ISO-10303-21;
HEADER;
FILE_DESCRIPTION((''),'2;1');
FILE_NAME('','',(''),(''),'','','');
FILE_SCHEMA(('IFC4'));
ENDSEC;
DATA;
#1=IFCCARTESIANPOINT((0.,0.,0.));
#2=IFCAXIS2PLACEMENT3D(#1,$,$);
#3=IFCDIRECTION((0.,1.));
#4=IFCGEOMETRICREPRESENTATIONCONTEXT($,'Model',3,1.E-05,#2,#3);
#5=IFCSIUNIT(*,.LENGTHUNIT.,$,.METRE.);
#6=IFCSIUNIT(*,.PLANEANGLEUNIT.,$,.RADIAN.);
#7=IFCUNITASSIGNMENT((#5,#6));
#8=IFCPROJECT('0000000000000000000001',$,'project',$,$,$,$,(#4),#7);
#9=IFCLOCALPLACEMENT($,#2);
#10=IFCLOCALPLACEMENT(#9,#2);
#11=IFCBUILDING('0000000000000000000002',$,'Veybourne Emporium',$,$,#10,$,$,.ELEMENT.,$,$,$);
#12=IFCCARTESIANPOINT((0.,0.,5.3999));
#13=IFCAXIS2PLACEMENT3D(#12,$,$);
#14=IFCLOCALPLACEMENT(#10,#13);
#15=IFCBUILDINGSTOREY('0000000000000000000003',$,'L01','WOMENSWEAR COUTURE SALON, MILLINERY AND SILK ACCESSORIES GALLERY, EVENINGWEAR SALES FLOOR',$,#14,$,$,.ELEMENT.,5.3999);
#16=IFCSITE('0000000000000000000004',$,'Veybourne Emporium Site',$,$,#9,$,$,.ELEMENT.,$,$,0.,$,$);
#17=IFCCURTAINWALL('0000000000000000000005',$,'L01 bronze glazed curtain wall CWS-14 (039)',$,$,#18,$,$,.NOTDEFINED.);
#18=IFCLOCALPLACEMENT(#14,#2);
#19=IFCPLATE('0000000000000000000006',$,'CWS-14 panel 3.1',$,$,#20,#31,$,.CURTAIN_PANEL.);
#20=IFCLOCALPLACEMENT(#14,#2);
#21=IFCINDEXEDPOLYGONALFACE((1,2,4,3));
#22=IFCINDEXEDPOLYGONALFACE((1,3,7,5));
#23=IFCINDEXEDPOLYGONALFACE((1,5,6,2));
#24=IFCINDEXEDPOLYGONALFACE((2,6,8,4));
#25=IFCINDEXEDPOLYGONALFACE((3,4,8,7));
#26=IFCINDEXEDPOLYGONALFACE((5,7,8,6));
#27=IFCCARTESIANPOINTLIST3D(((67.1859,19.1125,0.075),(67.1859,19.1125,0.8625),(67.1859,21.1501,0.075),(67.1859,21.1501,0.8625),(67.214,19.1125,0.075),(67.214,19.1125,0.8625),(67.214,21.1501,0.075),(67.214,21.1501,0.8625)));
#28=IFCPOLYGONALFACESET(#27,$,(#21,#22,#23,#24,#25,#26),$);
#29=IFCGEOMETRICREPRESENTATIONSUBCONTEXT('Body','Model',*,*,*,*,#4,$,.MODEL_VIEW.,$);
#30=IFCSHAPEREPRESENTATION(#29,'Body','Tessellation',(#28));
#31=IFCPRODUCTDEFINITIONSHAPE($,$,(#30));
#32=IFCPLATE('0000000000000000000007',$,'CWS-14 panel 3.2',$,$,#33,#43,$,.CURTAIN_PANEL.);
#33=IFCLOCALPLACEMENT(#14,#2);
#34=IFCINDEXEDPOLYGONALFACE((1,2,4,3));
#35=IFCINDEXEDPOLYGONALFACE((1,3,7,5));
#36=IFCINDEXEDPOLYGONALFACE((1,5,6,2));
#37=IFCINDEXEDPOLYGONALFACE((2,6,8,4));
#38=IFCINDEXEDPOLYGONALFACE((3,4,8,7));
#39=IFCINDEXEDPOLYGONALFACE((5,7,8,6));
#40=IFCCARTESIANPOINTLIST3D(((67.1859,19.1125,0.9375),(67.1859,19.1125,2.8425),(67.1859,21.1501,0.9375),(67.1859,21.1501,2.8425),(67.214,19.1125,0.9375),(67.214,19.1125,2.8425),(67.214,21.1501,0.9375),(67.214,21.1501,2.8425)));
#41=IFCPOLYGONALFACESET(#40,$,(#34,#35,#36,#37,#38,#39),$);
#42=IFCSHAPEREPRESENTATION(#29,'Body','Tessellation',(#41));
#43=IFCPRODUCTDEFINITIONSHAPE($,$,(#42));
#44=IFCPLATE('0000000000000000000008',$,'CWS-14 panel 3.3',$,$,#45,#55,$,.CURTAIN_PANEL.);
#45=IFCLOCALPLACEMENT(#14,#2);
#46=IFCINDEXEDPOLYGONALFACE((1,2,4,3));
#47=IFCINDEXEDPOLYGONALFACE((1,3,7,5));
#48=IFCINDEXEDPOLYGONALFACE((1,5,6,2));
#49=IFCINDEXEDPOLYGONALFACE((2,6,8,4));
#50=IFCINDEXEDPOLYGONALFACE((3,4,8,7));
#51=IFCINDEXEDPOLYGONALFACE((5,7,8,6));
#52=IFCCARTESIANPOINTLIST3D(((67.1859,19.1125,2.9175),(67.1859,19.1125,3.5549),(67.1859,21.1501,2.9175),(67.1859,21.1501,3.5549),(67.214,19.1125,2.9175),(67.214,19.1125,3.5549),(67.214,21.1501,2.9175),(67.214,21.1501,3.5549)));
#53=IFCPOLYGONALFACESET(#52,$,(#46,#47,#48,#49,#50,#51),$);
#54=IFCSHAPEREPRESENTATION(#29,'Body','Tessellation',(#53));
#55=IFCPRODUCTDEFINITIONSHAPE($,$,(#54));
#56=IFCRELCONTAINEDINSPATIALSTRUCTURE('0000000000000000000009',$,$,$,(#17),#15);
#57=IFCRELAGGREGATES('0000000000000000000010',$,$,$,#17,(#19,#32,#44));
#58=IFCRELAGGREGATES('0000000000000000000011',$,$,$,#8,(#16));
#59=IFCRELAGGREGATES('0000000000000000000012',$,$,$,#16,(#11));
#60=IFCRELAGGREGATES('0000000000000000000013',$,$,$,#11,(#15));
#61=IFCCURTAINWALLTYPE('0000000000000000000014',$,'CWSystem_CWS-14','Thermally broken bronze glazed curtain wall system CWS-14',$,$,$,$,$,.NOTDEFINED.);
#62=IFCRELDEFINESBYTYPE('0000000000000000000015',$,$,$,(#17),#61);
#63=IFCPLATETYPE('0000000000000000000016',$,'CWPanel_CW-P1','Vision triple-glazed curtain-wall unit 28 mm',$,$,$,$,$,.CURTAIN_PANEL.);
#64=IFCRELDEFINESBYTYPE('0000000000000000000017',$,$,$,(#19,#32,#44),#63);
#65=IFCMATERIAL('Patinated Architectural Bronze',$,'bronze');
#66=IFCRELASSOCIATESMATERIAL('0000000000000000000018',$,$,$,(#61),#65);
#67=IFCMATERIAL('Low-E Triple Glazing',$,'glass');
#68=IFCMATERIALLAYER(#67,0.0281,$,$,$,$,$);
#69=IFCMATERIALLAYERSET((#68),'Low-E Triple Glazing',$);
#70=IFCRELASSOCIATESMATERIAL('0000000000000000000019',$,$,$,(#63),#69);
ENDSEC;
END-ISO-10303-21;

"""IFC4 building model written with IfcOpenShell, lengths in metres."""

from ifc_helpers import new_model, si_unit, direction, frame, origin, origin_2d, place, context, subcontext, project, spatial, rectangle, extrude, material, layer, layer_set, type_object, element, aggregate, save


model = new_model("IFC4")

# Units and contexts
model_context = context("Model", 3, precision=1e-05, world=origin(), true_north=direction((0.0, 1.0)))
body_context = subcontext(model_context, "Body", "Model", "MODEL_VIEW")
ifc_project = project(units=[si_unit("LENGTHUNIT", "METRE"), si_unit("PLANEANGLEUNIT", "RADIAN")], contexts=[model_context])

# Site, building, storey
site_placement = place(None, origin())
site = spatial("IfcSite", under=ifc_project, at=site_placement, Name="Veybourne Emporium Site", CompositionType="ELEMENT", RefElevation=0.0)
building_placement = place(site_placement, origin())
building = spatial("IfcBuilding", under=site, at=building_placement, Name="Veybourne Emporium", CompositionType="ELEMENT")
storey_placement = place(building_placement, frame((0.0, 0.0, 5.3999)))
storey = spatial("IfcBuildingStorey", under=building, at=storey_placement, Name="L01", Description="WOMENSWEAR COUTURE SALON, MILLINERY AND SILK ACCESSORIES GALLERY, EVENINGWEAR SALES FLOOR", CompositionType="ELEMENT", Elevation=5.3999)

# Curtain wall
ifc_material_1 = material(Name="Patinated Architectural Bronze", Category="bronze")
curtain_wall_type_1 = type_object("IfcCurtainWallType", Name="CWSystem_CWS-14", Description="Thermally broken bronze glazed curtain wall system CWS-14", PredefinedType="NOTDEFINED", material=ifc_material_1)
curtain_wall_1_placement = place(storey_placement, origin())
curtain_wall_1 = element("IfcCurtainWall", 1, at=curtain_wall_1_placement, inside=storey, type_object=curtain_wall_type_1, Name="L01 bronze glazed curtain wall CWS-14 (039)", PredefinedType="NOTDEFINED")

# Plates
ifc_material_2 = material(Name="Low-E Triple Glazing", Category="glass")
ifc_layer = layer(ifc_material_2, 0.0281)
ifc_layer_set = layer_set([ifc_layer], Name="Low-E Triple Glazing")
plate_type = type_object("IfcPlateType", Name="CWPanel_CW-P1", Description="Vision triple-glazed curtain-wall unit 28 mm", PredefinedType="CURTAIN_PANEL", material=ifc_layer_set)
plate_1_placement = place(storey_placement, frame((67.2, 20.1313, 0.075), z_axis=(0.0, 0.0, 1.0), x_axis=(0.0, 1.0, 0.0)))
plate_1 = element("IfcPlate", 2, at=plate_1_placement, type_object=plate_type, Name="CWS-14 panel 3.1", PredefinedType="CURTAIN_PANEL", context=body_context, shape_type="SweptSolid", body=[
    extrude(rectangle(XDim=2.0376, YDim=0.0281, at=origin_2d()), origin(), (0.0, 0.0, 1.0), 0.7876),
])
plate_2_placement = place(storey_placement, frame((67.2, 20.1313, 0.9375), z_axis=(0.0, 0.0, 1.0), x_axis=(0.0, 1.0, 0.0)))
plate_2 = element("IfcPlate", 3, at=plate_2_placement, type_object=plate_type, Name="CWS-14 panel 3.2", PredefinedType="CURTAIN_PANEL", context=body_context, shape_type="SweptSolid", body=[
    extrude(rectangle(XDim=2.0376, YDim=0.0281, at=origin_2d()), origin(), (0.0, 0.0, 1.0), 1.905),
])
plate_3_placement = place(storey_placement, frame((67.2, 20.1313, 2.9175), z_axis=(0.0, 0.0, 1.0), x_axis=(0.0, 1.0, 0.0)))
plate_3 = element("IfcPlate", 4, at=plate_3_placement, type_object=plate_type, Name="CWS-14 panel 3.3", PredefinedType="CURTAIN_PANEL", context=body_context, shape_type="SweptSolid", body=[
    extrude(rectangle(XDim=2.0376, YDim=0.0281, at=origin_2d()), origin(), (0.0, 0.0, 1.0), 0.6375),
])
aggregate(curtain_wall_1, [plate_1, plate_2, plate_3])

save(model, "model.ifc")
